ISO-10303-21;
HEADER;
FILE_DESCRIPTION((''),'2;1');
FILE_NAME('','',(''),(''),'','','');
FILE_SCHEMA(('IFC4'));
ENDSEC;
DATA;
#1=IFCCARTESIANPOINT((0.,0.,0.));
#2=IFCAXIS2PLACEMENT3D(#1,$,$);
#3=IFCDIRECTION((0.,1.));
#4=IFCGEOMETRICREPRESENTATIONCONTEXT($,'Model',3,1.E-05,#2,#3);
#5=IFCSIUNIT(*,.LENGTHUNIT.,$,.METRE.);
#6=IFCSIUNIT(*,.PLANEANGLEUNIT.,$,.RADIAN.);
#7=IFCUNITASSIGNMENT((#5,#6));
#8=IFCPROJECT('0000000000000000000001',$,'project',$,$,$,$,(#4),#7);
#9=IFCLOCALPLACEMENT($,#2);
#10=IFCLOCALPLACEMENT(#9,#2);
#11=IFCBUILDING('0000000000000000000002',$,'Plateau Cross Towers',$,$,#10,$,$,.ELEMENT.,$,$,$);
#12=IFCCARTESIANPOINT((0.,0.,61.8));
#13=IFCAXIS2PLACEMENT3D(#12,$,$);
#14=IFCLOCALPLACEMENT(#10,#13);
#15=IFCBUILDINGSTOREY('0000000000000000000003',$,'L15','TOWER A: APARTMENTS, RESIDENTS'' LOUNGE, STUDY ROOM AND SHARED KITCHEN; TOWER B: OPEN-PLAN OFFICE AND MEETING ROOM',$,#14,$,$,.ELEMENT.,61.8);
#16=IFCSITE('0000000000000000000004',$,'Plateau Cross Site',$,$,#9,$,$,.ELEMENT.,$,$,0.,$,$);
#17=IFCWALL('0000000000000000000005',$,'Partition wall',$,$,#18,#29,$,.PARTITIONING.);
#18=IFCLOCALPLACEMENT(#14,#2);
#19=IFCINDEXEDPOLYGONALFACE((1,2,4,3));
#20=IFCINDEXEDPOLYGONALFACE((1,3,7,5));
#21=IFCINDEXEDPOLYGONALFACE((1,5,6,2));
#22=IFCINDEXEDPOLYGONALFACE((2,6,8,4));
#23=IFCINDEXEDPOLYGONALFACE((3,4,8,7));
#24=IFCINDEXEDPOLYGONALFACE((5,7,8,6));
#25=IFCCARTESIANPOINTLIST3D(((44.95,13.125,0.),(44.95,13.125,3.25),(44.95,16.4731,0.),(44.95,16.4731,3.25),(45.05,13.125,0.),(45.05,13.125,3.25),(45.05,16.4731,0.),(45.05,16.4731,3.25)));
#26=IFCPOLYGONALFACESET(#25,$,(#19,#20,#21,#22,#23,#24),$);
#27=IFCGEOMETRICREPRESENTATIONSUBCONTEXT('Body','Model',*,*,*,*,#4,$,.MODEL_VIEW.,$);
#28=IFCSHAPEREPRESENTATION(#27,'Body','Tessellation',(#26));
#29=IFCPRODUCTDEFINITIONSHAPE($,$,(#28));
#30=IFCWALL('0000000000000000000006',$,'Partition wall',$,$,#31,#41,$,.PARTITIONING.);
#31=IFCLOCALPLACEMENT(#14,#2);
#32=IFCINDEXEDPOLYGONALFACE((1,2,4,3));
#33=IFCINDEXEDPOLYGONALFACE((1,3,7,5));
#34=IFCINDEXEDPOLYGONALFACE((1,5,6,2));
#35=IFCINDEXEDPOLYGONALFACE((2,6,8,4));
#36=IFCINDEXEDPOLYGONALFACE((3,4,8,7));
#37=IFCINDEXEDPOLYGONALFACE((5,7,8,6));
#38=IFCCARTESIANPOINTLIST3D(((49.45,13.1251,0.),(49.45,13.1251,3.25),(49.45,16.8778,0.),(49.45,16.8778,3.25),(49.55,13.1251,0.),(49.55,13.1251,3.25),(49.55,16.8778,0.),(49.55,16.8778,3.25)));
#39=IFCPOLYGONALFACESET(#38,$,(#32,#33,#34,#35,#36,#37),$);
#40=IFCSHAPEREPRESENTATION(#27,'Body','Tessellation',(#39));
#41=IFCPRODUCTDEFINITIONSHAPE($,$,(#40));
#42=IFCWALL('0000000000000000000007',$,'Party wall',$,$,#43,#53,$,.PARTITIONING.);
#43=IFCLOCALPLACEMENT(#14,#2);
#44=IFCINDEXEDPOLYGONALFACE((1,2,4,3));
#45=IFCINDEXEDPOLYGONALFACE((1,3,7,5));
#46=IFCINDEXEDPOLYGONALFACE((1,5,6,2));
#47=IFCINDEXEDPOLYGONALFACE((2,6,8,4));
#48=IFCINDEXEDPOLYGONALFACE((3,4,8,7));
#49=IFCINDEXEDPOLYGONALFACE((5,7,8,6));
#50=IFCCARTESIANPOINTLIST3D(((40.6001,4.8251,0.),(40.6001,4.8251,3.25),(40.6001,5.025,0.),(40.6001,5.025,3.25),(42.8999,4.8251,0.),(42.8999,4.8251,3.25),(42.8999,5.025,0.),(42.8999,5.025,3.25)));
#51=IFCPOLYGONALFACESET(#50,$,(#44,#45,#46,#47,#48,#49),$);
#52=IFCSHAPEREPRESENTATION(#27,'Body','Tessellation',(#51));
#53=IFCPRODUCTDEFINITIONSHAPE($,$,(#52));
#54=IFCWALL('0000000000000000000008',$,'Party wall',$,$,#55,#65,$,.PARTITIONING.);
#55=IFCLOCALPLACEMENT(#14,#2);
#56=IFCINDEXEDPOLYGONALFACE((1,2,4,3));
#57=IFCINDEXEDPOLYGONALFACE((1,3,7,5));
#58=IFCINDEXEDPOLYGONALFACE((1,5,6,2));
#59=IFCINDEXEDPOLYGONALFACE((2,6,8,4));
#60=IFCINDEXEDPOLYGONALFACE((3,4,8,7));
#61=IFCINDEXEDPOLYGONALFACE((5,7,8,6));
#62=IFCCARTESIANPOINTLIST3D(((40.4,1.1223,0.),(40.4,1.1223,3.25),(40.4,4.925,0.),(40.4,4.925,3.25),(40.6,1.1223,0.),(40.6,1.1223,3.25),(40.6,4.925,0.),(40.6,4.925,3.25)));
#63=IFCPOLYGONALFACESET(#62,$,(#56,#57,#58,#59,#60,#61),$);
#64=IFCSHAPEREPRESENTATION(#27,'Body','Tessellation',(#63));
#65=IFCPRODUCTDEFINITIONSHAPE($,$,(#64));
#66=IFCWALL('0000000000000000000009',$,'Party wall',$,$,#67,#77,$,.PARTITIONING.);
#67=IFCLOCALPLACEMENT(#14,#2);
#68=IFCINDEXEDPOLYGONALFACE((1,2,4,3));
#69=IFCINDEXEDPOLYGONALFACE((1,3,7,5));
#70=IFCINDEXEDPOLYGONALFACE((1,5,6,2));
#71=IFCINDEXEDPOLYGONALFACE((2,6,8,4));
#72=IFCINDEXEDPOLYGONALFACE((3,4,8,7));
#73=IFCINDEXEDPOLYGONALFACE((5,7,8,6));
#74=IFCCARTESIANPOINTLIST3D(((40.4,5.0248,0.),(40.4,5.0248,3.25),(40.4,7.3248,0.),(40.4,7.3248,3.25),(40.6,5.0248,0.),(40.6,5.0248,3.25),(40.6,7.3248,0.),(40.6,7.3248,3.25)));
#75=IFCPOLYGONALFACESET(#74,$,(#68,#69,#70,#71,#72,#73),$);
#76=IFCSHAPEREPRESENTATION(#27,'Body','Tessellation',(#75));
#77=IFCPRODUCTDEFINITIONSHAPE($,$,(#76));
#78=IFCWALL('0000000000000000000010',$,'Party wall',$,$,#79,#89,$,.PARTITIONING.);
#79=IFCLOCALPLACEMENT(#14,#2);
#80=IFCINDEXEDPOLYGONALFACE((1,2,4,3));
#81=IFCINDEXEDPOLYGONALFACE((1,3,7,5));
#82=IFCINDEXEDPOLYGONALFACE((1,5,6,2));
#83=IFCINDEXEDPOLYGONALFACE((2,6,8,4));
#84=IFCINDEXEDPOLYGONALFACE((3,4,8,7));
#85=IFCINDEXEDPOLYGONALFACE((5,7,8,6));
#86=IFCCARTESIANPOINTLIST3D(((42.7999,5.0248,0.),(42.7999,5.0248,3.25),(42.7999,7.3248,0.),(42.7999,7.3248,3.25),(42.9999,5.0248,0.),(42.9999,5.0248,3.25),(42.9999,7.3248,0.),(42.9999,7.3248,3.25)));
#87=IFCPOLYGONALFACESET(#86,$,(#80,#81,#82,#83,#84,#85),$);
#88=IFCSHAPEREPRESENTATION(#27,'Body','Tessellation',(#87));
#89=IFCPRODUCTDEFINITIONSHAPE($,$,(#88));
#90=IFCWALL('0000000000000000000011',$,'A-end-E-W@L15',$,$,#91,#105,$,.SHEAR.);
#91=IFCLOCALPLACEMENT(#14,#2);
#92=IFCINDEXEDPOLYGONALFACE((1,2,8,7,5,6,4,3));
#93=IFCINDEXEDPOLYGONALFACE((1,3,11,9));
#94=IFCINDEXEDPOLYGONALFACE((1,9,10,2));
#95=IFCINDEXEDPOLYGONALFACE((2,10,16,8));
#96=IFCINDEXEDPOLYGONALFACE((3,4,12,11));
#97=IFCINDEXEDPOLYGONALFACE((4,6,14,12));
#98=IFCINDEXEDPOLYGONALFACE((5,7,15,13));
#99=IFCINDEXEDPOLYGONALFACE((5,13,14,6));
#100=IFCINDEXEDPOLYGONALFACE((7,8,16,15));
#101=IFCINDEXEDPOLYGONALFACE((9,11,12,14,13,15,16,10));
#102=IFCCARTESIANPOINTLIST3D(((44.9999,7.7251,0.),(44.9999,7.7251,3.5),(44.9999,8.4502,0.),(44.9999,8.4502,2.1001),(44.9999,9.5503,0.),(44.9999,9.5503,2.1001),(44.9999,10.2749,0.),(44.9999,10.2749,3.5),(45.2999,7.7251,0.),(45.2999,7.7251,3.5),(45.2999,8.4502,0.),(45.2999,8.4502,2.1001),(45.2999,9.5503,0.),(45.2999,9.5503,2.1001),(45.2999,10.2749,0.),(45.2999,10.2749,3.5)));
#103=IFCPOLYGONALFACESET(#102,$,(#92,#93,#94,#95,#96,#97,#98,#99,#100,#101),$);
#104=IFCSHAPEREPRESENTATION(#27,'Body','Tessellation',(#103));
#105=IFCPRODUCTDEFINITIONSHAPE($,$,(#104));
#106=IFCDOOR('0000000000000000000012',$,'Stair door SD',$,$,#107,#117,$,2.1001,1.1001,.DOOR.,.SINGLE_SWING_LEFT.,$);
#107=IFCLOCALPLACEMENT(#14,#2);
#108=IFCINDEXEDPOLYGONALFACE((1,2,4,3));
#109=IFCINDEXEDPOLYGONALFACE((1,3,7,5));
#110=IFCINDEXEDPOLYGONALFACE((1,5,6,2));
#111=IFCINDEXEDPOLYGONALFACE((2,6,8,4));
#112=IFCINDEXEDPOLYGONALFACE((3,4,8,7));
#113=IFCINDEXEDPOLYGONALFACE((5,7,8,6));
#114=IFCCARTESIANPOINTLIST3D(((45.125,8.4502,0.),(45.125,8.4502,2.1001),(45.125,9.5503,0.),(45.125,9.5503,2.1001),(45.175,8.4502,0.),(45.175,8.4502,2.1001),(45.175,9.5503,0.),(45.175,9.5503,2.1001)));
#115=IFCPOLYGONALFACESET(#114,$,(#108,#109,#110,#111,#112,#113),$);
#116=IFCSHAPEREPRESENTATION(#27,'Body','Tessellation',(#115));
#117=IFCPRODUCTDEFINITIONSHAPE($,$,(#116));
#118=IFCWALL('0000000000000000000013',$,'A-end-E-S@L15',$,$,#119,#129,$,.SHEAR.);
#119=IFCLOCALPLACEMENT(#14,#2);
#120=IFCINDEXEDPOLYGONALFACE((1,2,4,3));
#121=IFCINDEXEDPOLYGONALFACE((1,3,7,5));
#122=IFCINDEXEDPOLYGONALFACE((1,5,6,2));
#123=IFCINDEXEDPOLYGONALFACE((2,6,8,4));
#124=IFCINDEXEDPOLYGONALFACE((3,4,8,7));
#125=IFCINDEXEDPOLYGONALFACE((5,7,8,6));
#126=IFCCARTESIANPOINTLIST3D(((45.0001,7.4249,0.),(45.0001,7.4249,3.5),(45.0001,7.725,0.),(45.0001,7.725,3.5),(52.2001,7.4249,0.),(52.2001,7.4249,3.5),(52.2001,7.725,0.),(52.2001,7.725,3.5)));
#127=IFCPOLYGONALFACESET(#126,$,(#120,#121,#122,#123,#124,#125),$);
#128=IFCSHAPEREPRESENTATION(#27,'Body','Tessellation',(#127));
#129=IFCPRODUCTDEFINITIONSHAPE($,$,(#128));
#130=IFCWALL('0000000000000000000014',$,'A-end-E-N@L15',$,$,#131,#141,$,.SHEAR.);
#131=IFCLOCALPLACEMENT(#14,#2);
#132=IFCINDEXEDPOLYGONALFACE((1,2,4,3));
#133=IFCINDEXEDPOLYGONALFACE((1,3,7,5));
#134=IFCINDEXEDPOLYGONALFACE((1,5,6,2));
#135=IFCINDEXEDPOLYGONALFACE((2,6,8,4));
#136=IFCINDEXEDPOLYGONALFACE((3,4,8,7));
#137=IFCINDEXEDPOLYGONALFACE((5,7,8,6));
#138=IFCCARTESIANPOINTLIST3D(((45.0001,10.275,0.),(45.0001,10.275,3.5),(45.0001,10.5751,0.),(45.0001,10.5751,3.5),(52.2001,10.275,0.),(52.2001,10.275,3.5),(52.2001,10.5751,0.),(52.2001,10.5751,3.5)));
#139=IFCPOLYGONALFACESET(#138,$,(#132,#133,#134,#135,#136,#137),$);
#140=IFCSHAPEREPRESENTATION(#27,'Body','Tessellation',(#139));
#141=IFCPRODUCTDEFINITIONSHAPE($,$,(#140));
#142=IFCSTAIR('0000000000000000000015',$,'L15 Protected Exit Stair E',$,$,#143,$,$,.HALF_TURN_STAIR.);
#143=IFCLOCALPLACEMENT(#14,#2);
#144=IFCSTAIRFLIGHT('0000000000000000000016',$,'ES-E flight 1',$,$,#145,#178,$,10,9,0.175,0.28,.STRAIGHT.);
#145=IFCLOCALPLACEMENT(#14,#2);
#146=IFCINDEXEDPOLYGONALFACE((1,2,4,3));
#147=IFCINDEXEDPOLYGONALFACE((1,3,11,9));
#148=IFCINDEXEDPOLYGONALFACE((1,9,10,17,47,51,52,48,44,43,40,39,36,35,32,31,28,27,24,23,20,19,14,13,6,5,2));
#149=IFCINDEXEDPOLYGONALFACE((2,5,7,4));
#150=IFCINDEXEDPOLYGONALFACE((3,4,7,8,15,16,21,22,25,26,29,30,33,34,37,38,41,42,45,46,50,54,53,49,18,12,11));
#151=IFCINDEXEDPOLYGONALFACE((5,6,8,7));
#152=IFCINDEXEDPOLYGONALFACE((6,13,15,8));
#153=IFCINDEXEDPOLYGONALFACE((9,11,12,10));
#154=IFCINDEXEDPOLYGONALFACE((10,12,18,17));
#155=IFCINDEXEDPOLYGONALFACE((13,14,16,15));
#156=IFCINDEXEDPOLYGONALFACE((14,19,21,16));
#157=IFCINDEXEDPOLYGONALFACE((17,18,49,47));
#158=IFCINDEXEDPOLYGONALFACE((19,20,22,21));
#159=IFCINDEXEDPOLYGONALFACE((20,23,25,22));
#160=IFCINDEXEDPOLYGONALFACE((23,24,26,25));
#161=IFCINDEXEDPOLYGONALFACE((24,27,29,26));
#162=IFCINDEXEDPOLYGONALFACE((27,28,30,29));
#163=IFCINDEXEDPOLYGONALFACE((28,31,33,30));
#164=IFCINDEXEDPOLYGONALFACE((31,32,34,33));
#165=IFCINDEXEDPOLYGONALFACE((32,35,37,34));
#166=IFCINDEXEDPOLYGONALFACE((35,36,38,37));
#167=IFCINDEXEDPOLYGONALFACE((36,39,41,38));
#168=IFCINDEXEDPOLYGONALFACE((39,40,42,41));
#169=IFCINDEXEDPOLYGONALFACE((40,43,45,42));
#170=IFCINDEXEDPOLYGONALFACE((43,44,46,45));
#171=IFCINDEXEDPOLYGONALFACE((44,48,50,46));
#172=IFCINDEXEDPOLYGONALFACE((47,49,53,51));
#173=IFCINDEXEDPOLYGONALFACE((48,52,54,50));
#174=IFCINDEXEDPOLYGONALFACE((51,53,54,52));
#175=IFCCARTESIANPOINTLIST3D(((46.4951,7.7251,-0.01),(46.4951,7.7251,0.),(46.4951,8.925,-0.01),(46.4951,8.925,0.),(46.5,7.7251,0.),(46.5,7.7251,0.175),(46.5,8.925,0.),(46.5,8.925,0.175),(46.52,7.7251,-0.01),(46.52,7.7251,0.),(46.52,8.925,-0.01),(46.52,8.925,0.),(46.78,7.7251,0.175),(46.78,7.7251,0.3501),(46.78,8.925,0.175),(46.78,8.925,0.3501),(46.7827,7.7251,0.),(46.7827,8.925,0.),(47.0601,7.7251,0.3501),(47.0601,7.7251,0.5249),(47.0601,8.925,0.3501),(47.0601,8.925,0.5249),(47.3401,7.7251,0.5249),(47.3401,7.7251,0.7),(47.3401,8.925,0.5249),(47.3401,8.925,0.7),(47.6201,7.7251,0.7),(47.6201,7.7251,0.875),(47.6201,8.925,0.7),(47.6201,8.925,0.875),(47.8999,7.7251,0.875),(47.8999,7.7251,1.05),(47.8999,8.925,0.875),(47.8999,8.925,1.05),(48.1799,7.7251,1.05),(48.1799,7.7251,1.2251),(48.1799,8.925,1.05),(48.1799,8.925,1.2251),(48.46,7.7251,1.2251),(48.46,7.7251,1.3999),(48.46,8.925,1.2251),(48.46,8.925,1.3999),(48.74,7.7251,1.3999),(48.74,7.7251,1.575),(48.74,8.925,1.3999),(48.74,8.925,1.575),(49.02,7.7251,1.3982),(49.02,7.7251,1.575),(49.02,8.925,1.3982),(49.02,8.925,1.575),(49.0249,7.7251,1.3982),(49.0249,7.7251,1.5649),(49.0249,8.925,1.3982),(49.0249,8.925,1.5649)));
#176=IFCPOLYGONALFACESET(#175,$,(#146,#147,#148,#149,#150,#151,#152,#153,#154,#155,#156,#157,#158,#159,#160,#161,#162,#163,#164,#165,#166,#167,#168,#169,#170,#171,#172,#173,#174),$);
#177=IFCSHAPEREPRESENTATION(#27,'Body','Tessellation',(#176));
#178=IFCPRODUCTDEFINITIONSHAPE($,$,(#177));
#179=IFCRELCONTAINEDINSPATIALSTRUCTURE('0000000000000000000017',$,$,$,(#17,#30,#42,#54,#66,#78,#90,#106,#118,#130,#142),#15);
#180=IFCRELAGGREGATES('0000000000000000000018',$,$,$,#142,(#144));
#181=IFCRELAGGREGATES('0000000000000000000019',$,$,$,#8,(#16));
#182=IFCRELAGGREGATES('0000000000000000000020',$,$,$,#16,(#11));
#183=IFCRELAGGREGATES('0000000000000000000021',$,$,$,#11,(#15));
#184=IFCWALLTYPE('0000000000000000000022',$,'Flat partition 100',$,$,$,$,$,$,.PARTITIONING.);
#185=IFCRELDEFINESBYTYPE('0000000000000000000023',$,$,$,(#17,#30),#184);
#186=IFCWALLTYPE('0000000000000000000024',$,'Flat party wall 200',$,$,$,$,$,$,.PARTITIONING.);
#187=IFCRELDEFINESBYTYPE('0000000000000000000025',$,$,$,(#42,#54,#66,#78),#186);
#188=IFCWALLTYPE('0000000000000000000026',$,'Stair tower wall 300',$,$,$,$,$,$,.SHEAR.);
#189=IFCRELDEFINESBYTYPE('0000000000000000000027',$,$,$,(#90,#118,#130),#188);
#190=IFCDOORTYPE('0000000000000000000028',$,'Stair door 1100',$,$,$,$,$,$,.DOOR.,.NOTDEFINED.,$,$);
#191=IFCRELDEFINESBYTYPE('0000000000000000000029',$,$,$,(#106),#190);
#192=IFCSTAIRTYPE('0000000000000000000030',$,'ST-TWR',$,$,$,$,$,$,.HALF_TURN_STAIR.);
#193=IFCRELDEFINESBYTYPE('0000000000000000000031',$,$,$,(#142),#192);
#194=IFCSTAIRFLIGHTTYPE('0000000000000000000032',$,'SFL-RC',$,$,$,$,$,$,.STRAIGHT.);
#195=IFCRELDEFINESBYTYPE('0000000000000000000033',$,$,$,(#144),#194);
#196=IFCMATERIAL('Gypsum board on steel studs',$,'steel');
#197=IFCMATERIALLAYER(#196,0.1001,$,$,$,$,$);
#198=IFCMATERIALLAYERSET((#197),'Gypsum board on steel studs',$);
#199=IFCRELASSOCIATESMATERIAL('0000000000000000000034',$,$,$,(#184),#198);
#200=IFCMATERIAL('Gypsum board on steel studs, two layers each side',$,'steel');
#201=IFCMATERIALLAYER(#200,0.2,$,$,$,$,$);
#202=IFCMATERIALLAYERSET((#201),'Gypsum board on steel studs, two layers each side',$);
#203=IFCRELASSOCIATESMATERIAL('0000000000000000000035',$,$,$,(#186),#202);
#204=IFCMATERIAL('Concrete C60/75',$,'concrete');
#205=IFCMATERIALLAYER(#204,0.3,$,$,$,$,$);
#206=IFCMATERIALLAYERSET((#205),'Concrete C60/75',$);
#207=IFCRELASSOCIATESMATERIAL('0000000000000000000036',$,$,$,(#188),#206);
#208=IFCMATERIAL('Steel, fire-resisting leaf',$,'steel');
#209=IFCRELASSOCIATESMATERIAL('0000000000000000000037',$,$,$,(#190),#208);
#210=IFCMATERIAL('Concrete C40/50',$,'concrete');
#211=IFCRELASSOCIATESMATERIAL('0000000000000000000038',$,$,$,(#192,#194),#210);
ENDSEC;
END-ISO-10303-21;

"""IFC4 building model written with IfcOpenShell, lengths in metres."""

from ifc_helpers import new_model, si_unit, direction, frame, frame_2d, origin, place, context, subcontext, project, spatial, polyline, rectangle, outline, extrude, material, layer, layer_set, type_object, element, fill, aggregate, save


model = new_model("IFC4")

# Units and contexts
model_context = context("Model", 3, precision=1e-05, world=origin(), true_north=direction((0.0, 1.0)))
body_context = subcontext(model_context, "Body", "Model", "MODEL_VIEW")
ifc_project = project(units=[si_unit("LENGTHUNIT", "METRE"), si_unit("PLANEANGLEUNIT", "RADIAN")], contexts=[model_context])

# Site, building, storey
site_placement = place(None, origin())
site = spatial("IfcSite", under=ifc_project, at=site_placement, Name="Plateau Cross Site", CompositionType="ELEMENT", RefElevation=0.0)
building_placement = place(site_placement, origin())
building = spatial("IfcBuilding", under=site, at=building_placement, Name="Plateau Cross Towers", CompositionType="ELEMENT")
storey_placement = place(building_placement, frame((0.0, 0.0, 61.8)))
storey = spatial("IfcBuildingStorey", under=building, at=storey_placement, Name="L15", Description="TOWER A: APARTMENTS, RESIDENTS' LOUNGE, STUDY ROOM AND SHARED KITCHEN; TOWER B: OPEN-PLAN OFFICE AND MEETING ROOM", CompositionType="ELEMENT", Elevation=61.8)

# Walls
ifc_material_1 = material(Name="Gypsum board on steel studs", Category="steel")
ifc_layer_1 = layer(ifc_material_1, 0.1001)
ifc_layer_set_1 = layer_set([ifc_layer_1], Name="Gypsum board on steel studs")
wall_type_1 = type_object("IfcWallType", Name="Flat partition 100", PredefinedType="PARTITIONING", material=ifc_layer_set_1)
wall_1_placement = place(storey_placement, frame((45.0, 13.125, 0.0), z_axis=(0.0, 0.0, 1.0), x_axis=(0.0, 1.0, 0.0)))
element("IfcWall", 1, at=wall_1_placement, inside=storey, type_object=wall_type_1, Name="Partition wall", PredefinedType="PARTITIONING", context=body_context, shape_type="SweptSolid", body=[
    extrude(rectangle(XDim=3.3481, YDim=0.1001, at=frame_2d((1.6741, 0.0))), origin(), (0.0, 0.0, 1.0), 3.25),
])
wall_2_placement = place(storey_placement, frame((49.5, 13.125, 0.0), z_axis=(0.0, 0.0, 1.0), x_axis=(0.0, 1.0, 0.0)))
element("IfcWall", 2, at=wall_2_placement, inside=storey, type_object=wall_type_1, Name="Partition wall", PredefinedType="PARTITIONING", context=body_context, shape_type="SweptSolid", body=[
    extrude(rectangle(XDim=3.7527, YDim=0.1001, at=frame_2d((1.8765, 0.0))), origin(), (0.0, 0.0, 1.0), 3.25),
])
ifc_material_2 = material(Name="Gypsum board on steel studs, two layers each side", Category="steel")
ifc_layer_2 = layer(ifc_material_2, 0.2)
ifc_layer_set_2 = layer_set([ifc_layer_2], Name="Gypsum board on steel studs, two layers each side")
wall_type_2 = type_object("IfcWallType", Name="Flat party wall 200", PredefinedType="PARTITIONING", material=ifc_layer_set_2)
wall_3_placement = place(storey_placement, frame((40.6001, 4.925, 0.0), z_axis=(0.0, 0.0, 1.0), x_axis=(1.0, 0.0, 0.0)))
element("IfcWall", 3, at=wall_3_placement, inside=storey, type_object=wall_type_2, Name="Party wall", PredefinedType="PARTITIONING", context=body_context, shape_type="SweptSolid", body=[
    extrude(rectangle(XDim=2.2998, YDim=0.2, at=frame_2d((1.1499, 0.0))), origin(), (0.0, 0.0, 1.0), 3.25),
])
wall_4_placement = place(storey_placement, frame((40.5, 4.925, 0.0), z_axis=(0.0, 0.0, 1.0), x_axis=(0.0, -1.0, 0.0)))
element("IfcWall", 4, at=wall_4_placement, inside=storey, type_object=wall_type_2, Name="Party wall", PredefinedType="PARTITIONING", context=body_context, shape_type="SweptSolid", body=[
    extrude(rectangle(XDim=3.8027, YDim=0.2, at=frame_2d((1.9014, 0.0))), origin(), (0.0, 0.0, 1.0), 3.25),
])
for number, where, z_axis, x_axis, name in (
    (5, (40.5, 5.0249, 0.0), (0.0, 0.0, 1.0), (0.0, 1.0, 0.0), "Party wall"),
    (6, (42.8999, 5.0249, 0.0), (0.0, 0.0, 1.0), (0.0, 1.0, 0.0), "Party wall"),
):
    element("IfcWall", number, at=place(storey_placement, frame(where, z_axis=z_axis, x_axis=x_axis)), inside=storey, type_object=wall_type_2, Name=name, PredefinedType="PARTITIONING", context=body_context, shape_type="SweptSolid", body=[
        extrude(rectangle(XDim=2.3, YDim=0.2, at=frame_2d((1.1499, 0.0))), origin(), (0.0, 0.0, 1.0), 3.25),
    ])

# Wall, opening, door
ifc_material_3 = material(Name="Concrete C60/75", Category="concrete")
ifc_layer_3 = layer(ifc_material_3, 0.3)
ifc_layer_set_3 = layer_set([ifc_layer_3], Name="Concrete C60/75")
wall_type_3 = type_object("IfcWallType", Name="Stair tower wall 300", PredefinedType="SHEAR", material=ifc_layer_set_3)
wall_5_placement = place(storey_placement, frame((45.1499, 7.7251, 0.0), z_axis=(0.0, 0.0, 1.0), x_axis=(0.0, 1.0, 0.0)))
wall_5 = element("IfcWall", 7, at=wall_5_placement, inside=storey, type_object=wall_type_3, Name="A-end-E-W@L15", PredefinedType="SHEAR", context=body_context, shape_type="SweptSolid", body=[
    extrude(rectangle(XDim=2.5498, YDim=0.3, at=frame_2d((1.2749, 0.0))), origin(), (0.0, 0.0, 1.0), 3.5),
])
opening_placement = place(wall_5_placement, frame((0.7251, 0.0, 0.0)))
opening = element("IfcOpeningElement", 8, at=opening_placement, cuts=wall_5, PredefinedType="OPENING", context=body_context, shape_type="SweptSolid", body=[
    extrude(rectangle(XDim=1.1001, YDim=2.1001, at=frame_2d((0.55, 1.05))), frame((0.0, 0.1599, 0.0), z_axis=(0.0, -1.0, 0.0), x_axis=(1.0, 0.0, 0.0)), (0.0, 0.0, 1.0), 0.3201),
])
ifc_material_4 = material(Name="Steel, fire-resisting leaf", Category="steel")
door_type = type_object("IfcDoorType", Name="Stair door 1100", OperationType="NOTDEFINED", PredefinedType="DOOR", material=ifc_material_4)
door_placement = place(opening_placement, origin())
door = element("IfcDoor", 9, at=door_placement, inside=storey, type_object=door_type, Name="Stair door SD", OperationType="SINGLE_SWING_LEFT", OverallHeight=2.1001, OverallWidth=1.1001, PredefinedType="DOOR", context=body_context, shape_type="SweptSolid", body=[
    extrude(rectangle(XDim=1.1001, YDim=2.1001, at=frame_2d((0.55, 1.05))), frame((0.0, 0.0249, 0.0), z_axis=(0.0, -1.0, 0.0), x_axis=(1.0, 0.0, 0.0)), (0.0, 0.0, 1.0), 0.05),
])
fill(opening, door)

# Walls
for number, where, z_axis, x_axis, name in (
    (10, (45.0, 7.575, 0.0), (0.0, 0.0, 1.0), (1.0, 0.0, 0.0), "A-end-E-S@L15"),
    (11, (45.0, 10.425, 0.0), (0.0, 0.0, 1.0), (1.0, 0.0, 0.0), "A-end-E-N@L15"),
):
    element("IfcWall", number, at=place(storey_placement, frame(where, z_axis=z_axis, x_axis=x_axis)), inside=storey, type_object=wall_type_3, Name=name, PredefinedType="SHEAR", context=body_context, shape_type="SweptSolid", body=[
        extrude(rectangle(XDim=7.2, YDim=0.3, at=frame_2d((3.6001, 0.0))), origin(), (0.0, 0.0, 1.0), 3.5),
    ])

# Stair, stair flight
ifc_material_5 = material(Name="Concrete C40/50", Category="concrete")
stair_type = type_object("IfcStairType", Name="ST-TWR", PredefinedType="HALF_TURN_STAIR", material=ifc_material_5)
stair_placement = place(storey_placement, origin())
stair = element("IfcStair", 12, at=stair_placement, inside=storey, type_object=stair_type, Name="L15 Protected Exit Stair E", PredefinedType="HALF_TURN_STAIR")
stair_flight_type = type_object("IfcStairFlightType", Name="SFL-RC", PredefinedType="STRAIGHT", material=ifc_material_5)
stair_flight_1_placement = place(storey_placement, frame((46.5, 8.325, 0.0), z_axis=(0.0, 0.0, 1.0), x_axis=(1.0, 0.0, 0.0)))
stair_flight_1 = element("IfcStairFlight", 13, at=stair_flight_1_placement, type_object=stair_flight_type, Name="ES-E flight 1", NumberOfRisers=10, NumberOfTreads=9, PredefinedType="STRAIGHT", RiserHeight=0.175, TreadLength=0.28, context=body_context, shape_type="SweptSolid", body=[
    extrude(outline(polyline([(-0.0049, -0.01), (-0.0049, 0.0), (0.0, 0.0), (0.0, 0.175), (0.28, 0.175), (0.28, 0.3501), (0.5601, 0.3501), (0.5601, 0.5249), (0.8401, 0.5249), (0.8401, 0.7), (1.1201, 0.7), (1.1201, 0.875), (1.3999, 0.875), (1.3999, 1.05), (1.6799, 1.05), (1.6799, 1.2251), (1.96, 1.2251), (1.96, 1.3999), (2.24, 1.3999), (2.24, 1.575), (2.52, 1.575), (2.5249, 1.5649), (2.5249, 1.3982), (2.52, 1.3982), (0.2827, 0.0), (0.02, 0.0), (0.02, -0.01), (-0.0049, -0.01)])), frame((0.0, 0.6001, 0.0), z_axis=(0.0, -1.0, 0.0), x_axis=(1.0, 0.0, 0.0)), (0.0, 0.0, 1.0), 1.2),
])
aggregate(stair, [stair_flight_1])

save(model, "model.ifc")
